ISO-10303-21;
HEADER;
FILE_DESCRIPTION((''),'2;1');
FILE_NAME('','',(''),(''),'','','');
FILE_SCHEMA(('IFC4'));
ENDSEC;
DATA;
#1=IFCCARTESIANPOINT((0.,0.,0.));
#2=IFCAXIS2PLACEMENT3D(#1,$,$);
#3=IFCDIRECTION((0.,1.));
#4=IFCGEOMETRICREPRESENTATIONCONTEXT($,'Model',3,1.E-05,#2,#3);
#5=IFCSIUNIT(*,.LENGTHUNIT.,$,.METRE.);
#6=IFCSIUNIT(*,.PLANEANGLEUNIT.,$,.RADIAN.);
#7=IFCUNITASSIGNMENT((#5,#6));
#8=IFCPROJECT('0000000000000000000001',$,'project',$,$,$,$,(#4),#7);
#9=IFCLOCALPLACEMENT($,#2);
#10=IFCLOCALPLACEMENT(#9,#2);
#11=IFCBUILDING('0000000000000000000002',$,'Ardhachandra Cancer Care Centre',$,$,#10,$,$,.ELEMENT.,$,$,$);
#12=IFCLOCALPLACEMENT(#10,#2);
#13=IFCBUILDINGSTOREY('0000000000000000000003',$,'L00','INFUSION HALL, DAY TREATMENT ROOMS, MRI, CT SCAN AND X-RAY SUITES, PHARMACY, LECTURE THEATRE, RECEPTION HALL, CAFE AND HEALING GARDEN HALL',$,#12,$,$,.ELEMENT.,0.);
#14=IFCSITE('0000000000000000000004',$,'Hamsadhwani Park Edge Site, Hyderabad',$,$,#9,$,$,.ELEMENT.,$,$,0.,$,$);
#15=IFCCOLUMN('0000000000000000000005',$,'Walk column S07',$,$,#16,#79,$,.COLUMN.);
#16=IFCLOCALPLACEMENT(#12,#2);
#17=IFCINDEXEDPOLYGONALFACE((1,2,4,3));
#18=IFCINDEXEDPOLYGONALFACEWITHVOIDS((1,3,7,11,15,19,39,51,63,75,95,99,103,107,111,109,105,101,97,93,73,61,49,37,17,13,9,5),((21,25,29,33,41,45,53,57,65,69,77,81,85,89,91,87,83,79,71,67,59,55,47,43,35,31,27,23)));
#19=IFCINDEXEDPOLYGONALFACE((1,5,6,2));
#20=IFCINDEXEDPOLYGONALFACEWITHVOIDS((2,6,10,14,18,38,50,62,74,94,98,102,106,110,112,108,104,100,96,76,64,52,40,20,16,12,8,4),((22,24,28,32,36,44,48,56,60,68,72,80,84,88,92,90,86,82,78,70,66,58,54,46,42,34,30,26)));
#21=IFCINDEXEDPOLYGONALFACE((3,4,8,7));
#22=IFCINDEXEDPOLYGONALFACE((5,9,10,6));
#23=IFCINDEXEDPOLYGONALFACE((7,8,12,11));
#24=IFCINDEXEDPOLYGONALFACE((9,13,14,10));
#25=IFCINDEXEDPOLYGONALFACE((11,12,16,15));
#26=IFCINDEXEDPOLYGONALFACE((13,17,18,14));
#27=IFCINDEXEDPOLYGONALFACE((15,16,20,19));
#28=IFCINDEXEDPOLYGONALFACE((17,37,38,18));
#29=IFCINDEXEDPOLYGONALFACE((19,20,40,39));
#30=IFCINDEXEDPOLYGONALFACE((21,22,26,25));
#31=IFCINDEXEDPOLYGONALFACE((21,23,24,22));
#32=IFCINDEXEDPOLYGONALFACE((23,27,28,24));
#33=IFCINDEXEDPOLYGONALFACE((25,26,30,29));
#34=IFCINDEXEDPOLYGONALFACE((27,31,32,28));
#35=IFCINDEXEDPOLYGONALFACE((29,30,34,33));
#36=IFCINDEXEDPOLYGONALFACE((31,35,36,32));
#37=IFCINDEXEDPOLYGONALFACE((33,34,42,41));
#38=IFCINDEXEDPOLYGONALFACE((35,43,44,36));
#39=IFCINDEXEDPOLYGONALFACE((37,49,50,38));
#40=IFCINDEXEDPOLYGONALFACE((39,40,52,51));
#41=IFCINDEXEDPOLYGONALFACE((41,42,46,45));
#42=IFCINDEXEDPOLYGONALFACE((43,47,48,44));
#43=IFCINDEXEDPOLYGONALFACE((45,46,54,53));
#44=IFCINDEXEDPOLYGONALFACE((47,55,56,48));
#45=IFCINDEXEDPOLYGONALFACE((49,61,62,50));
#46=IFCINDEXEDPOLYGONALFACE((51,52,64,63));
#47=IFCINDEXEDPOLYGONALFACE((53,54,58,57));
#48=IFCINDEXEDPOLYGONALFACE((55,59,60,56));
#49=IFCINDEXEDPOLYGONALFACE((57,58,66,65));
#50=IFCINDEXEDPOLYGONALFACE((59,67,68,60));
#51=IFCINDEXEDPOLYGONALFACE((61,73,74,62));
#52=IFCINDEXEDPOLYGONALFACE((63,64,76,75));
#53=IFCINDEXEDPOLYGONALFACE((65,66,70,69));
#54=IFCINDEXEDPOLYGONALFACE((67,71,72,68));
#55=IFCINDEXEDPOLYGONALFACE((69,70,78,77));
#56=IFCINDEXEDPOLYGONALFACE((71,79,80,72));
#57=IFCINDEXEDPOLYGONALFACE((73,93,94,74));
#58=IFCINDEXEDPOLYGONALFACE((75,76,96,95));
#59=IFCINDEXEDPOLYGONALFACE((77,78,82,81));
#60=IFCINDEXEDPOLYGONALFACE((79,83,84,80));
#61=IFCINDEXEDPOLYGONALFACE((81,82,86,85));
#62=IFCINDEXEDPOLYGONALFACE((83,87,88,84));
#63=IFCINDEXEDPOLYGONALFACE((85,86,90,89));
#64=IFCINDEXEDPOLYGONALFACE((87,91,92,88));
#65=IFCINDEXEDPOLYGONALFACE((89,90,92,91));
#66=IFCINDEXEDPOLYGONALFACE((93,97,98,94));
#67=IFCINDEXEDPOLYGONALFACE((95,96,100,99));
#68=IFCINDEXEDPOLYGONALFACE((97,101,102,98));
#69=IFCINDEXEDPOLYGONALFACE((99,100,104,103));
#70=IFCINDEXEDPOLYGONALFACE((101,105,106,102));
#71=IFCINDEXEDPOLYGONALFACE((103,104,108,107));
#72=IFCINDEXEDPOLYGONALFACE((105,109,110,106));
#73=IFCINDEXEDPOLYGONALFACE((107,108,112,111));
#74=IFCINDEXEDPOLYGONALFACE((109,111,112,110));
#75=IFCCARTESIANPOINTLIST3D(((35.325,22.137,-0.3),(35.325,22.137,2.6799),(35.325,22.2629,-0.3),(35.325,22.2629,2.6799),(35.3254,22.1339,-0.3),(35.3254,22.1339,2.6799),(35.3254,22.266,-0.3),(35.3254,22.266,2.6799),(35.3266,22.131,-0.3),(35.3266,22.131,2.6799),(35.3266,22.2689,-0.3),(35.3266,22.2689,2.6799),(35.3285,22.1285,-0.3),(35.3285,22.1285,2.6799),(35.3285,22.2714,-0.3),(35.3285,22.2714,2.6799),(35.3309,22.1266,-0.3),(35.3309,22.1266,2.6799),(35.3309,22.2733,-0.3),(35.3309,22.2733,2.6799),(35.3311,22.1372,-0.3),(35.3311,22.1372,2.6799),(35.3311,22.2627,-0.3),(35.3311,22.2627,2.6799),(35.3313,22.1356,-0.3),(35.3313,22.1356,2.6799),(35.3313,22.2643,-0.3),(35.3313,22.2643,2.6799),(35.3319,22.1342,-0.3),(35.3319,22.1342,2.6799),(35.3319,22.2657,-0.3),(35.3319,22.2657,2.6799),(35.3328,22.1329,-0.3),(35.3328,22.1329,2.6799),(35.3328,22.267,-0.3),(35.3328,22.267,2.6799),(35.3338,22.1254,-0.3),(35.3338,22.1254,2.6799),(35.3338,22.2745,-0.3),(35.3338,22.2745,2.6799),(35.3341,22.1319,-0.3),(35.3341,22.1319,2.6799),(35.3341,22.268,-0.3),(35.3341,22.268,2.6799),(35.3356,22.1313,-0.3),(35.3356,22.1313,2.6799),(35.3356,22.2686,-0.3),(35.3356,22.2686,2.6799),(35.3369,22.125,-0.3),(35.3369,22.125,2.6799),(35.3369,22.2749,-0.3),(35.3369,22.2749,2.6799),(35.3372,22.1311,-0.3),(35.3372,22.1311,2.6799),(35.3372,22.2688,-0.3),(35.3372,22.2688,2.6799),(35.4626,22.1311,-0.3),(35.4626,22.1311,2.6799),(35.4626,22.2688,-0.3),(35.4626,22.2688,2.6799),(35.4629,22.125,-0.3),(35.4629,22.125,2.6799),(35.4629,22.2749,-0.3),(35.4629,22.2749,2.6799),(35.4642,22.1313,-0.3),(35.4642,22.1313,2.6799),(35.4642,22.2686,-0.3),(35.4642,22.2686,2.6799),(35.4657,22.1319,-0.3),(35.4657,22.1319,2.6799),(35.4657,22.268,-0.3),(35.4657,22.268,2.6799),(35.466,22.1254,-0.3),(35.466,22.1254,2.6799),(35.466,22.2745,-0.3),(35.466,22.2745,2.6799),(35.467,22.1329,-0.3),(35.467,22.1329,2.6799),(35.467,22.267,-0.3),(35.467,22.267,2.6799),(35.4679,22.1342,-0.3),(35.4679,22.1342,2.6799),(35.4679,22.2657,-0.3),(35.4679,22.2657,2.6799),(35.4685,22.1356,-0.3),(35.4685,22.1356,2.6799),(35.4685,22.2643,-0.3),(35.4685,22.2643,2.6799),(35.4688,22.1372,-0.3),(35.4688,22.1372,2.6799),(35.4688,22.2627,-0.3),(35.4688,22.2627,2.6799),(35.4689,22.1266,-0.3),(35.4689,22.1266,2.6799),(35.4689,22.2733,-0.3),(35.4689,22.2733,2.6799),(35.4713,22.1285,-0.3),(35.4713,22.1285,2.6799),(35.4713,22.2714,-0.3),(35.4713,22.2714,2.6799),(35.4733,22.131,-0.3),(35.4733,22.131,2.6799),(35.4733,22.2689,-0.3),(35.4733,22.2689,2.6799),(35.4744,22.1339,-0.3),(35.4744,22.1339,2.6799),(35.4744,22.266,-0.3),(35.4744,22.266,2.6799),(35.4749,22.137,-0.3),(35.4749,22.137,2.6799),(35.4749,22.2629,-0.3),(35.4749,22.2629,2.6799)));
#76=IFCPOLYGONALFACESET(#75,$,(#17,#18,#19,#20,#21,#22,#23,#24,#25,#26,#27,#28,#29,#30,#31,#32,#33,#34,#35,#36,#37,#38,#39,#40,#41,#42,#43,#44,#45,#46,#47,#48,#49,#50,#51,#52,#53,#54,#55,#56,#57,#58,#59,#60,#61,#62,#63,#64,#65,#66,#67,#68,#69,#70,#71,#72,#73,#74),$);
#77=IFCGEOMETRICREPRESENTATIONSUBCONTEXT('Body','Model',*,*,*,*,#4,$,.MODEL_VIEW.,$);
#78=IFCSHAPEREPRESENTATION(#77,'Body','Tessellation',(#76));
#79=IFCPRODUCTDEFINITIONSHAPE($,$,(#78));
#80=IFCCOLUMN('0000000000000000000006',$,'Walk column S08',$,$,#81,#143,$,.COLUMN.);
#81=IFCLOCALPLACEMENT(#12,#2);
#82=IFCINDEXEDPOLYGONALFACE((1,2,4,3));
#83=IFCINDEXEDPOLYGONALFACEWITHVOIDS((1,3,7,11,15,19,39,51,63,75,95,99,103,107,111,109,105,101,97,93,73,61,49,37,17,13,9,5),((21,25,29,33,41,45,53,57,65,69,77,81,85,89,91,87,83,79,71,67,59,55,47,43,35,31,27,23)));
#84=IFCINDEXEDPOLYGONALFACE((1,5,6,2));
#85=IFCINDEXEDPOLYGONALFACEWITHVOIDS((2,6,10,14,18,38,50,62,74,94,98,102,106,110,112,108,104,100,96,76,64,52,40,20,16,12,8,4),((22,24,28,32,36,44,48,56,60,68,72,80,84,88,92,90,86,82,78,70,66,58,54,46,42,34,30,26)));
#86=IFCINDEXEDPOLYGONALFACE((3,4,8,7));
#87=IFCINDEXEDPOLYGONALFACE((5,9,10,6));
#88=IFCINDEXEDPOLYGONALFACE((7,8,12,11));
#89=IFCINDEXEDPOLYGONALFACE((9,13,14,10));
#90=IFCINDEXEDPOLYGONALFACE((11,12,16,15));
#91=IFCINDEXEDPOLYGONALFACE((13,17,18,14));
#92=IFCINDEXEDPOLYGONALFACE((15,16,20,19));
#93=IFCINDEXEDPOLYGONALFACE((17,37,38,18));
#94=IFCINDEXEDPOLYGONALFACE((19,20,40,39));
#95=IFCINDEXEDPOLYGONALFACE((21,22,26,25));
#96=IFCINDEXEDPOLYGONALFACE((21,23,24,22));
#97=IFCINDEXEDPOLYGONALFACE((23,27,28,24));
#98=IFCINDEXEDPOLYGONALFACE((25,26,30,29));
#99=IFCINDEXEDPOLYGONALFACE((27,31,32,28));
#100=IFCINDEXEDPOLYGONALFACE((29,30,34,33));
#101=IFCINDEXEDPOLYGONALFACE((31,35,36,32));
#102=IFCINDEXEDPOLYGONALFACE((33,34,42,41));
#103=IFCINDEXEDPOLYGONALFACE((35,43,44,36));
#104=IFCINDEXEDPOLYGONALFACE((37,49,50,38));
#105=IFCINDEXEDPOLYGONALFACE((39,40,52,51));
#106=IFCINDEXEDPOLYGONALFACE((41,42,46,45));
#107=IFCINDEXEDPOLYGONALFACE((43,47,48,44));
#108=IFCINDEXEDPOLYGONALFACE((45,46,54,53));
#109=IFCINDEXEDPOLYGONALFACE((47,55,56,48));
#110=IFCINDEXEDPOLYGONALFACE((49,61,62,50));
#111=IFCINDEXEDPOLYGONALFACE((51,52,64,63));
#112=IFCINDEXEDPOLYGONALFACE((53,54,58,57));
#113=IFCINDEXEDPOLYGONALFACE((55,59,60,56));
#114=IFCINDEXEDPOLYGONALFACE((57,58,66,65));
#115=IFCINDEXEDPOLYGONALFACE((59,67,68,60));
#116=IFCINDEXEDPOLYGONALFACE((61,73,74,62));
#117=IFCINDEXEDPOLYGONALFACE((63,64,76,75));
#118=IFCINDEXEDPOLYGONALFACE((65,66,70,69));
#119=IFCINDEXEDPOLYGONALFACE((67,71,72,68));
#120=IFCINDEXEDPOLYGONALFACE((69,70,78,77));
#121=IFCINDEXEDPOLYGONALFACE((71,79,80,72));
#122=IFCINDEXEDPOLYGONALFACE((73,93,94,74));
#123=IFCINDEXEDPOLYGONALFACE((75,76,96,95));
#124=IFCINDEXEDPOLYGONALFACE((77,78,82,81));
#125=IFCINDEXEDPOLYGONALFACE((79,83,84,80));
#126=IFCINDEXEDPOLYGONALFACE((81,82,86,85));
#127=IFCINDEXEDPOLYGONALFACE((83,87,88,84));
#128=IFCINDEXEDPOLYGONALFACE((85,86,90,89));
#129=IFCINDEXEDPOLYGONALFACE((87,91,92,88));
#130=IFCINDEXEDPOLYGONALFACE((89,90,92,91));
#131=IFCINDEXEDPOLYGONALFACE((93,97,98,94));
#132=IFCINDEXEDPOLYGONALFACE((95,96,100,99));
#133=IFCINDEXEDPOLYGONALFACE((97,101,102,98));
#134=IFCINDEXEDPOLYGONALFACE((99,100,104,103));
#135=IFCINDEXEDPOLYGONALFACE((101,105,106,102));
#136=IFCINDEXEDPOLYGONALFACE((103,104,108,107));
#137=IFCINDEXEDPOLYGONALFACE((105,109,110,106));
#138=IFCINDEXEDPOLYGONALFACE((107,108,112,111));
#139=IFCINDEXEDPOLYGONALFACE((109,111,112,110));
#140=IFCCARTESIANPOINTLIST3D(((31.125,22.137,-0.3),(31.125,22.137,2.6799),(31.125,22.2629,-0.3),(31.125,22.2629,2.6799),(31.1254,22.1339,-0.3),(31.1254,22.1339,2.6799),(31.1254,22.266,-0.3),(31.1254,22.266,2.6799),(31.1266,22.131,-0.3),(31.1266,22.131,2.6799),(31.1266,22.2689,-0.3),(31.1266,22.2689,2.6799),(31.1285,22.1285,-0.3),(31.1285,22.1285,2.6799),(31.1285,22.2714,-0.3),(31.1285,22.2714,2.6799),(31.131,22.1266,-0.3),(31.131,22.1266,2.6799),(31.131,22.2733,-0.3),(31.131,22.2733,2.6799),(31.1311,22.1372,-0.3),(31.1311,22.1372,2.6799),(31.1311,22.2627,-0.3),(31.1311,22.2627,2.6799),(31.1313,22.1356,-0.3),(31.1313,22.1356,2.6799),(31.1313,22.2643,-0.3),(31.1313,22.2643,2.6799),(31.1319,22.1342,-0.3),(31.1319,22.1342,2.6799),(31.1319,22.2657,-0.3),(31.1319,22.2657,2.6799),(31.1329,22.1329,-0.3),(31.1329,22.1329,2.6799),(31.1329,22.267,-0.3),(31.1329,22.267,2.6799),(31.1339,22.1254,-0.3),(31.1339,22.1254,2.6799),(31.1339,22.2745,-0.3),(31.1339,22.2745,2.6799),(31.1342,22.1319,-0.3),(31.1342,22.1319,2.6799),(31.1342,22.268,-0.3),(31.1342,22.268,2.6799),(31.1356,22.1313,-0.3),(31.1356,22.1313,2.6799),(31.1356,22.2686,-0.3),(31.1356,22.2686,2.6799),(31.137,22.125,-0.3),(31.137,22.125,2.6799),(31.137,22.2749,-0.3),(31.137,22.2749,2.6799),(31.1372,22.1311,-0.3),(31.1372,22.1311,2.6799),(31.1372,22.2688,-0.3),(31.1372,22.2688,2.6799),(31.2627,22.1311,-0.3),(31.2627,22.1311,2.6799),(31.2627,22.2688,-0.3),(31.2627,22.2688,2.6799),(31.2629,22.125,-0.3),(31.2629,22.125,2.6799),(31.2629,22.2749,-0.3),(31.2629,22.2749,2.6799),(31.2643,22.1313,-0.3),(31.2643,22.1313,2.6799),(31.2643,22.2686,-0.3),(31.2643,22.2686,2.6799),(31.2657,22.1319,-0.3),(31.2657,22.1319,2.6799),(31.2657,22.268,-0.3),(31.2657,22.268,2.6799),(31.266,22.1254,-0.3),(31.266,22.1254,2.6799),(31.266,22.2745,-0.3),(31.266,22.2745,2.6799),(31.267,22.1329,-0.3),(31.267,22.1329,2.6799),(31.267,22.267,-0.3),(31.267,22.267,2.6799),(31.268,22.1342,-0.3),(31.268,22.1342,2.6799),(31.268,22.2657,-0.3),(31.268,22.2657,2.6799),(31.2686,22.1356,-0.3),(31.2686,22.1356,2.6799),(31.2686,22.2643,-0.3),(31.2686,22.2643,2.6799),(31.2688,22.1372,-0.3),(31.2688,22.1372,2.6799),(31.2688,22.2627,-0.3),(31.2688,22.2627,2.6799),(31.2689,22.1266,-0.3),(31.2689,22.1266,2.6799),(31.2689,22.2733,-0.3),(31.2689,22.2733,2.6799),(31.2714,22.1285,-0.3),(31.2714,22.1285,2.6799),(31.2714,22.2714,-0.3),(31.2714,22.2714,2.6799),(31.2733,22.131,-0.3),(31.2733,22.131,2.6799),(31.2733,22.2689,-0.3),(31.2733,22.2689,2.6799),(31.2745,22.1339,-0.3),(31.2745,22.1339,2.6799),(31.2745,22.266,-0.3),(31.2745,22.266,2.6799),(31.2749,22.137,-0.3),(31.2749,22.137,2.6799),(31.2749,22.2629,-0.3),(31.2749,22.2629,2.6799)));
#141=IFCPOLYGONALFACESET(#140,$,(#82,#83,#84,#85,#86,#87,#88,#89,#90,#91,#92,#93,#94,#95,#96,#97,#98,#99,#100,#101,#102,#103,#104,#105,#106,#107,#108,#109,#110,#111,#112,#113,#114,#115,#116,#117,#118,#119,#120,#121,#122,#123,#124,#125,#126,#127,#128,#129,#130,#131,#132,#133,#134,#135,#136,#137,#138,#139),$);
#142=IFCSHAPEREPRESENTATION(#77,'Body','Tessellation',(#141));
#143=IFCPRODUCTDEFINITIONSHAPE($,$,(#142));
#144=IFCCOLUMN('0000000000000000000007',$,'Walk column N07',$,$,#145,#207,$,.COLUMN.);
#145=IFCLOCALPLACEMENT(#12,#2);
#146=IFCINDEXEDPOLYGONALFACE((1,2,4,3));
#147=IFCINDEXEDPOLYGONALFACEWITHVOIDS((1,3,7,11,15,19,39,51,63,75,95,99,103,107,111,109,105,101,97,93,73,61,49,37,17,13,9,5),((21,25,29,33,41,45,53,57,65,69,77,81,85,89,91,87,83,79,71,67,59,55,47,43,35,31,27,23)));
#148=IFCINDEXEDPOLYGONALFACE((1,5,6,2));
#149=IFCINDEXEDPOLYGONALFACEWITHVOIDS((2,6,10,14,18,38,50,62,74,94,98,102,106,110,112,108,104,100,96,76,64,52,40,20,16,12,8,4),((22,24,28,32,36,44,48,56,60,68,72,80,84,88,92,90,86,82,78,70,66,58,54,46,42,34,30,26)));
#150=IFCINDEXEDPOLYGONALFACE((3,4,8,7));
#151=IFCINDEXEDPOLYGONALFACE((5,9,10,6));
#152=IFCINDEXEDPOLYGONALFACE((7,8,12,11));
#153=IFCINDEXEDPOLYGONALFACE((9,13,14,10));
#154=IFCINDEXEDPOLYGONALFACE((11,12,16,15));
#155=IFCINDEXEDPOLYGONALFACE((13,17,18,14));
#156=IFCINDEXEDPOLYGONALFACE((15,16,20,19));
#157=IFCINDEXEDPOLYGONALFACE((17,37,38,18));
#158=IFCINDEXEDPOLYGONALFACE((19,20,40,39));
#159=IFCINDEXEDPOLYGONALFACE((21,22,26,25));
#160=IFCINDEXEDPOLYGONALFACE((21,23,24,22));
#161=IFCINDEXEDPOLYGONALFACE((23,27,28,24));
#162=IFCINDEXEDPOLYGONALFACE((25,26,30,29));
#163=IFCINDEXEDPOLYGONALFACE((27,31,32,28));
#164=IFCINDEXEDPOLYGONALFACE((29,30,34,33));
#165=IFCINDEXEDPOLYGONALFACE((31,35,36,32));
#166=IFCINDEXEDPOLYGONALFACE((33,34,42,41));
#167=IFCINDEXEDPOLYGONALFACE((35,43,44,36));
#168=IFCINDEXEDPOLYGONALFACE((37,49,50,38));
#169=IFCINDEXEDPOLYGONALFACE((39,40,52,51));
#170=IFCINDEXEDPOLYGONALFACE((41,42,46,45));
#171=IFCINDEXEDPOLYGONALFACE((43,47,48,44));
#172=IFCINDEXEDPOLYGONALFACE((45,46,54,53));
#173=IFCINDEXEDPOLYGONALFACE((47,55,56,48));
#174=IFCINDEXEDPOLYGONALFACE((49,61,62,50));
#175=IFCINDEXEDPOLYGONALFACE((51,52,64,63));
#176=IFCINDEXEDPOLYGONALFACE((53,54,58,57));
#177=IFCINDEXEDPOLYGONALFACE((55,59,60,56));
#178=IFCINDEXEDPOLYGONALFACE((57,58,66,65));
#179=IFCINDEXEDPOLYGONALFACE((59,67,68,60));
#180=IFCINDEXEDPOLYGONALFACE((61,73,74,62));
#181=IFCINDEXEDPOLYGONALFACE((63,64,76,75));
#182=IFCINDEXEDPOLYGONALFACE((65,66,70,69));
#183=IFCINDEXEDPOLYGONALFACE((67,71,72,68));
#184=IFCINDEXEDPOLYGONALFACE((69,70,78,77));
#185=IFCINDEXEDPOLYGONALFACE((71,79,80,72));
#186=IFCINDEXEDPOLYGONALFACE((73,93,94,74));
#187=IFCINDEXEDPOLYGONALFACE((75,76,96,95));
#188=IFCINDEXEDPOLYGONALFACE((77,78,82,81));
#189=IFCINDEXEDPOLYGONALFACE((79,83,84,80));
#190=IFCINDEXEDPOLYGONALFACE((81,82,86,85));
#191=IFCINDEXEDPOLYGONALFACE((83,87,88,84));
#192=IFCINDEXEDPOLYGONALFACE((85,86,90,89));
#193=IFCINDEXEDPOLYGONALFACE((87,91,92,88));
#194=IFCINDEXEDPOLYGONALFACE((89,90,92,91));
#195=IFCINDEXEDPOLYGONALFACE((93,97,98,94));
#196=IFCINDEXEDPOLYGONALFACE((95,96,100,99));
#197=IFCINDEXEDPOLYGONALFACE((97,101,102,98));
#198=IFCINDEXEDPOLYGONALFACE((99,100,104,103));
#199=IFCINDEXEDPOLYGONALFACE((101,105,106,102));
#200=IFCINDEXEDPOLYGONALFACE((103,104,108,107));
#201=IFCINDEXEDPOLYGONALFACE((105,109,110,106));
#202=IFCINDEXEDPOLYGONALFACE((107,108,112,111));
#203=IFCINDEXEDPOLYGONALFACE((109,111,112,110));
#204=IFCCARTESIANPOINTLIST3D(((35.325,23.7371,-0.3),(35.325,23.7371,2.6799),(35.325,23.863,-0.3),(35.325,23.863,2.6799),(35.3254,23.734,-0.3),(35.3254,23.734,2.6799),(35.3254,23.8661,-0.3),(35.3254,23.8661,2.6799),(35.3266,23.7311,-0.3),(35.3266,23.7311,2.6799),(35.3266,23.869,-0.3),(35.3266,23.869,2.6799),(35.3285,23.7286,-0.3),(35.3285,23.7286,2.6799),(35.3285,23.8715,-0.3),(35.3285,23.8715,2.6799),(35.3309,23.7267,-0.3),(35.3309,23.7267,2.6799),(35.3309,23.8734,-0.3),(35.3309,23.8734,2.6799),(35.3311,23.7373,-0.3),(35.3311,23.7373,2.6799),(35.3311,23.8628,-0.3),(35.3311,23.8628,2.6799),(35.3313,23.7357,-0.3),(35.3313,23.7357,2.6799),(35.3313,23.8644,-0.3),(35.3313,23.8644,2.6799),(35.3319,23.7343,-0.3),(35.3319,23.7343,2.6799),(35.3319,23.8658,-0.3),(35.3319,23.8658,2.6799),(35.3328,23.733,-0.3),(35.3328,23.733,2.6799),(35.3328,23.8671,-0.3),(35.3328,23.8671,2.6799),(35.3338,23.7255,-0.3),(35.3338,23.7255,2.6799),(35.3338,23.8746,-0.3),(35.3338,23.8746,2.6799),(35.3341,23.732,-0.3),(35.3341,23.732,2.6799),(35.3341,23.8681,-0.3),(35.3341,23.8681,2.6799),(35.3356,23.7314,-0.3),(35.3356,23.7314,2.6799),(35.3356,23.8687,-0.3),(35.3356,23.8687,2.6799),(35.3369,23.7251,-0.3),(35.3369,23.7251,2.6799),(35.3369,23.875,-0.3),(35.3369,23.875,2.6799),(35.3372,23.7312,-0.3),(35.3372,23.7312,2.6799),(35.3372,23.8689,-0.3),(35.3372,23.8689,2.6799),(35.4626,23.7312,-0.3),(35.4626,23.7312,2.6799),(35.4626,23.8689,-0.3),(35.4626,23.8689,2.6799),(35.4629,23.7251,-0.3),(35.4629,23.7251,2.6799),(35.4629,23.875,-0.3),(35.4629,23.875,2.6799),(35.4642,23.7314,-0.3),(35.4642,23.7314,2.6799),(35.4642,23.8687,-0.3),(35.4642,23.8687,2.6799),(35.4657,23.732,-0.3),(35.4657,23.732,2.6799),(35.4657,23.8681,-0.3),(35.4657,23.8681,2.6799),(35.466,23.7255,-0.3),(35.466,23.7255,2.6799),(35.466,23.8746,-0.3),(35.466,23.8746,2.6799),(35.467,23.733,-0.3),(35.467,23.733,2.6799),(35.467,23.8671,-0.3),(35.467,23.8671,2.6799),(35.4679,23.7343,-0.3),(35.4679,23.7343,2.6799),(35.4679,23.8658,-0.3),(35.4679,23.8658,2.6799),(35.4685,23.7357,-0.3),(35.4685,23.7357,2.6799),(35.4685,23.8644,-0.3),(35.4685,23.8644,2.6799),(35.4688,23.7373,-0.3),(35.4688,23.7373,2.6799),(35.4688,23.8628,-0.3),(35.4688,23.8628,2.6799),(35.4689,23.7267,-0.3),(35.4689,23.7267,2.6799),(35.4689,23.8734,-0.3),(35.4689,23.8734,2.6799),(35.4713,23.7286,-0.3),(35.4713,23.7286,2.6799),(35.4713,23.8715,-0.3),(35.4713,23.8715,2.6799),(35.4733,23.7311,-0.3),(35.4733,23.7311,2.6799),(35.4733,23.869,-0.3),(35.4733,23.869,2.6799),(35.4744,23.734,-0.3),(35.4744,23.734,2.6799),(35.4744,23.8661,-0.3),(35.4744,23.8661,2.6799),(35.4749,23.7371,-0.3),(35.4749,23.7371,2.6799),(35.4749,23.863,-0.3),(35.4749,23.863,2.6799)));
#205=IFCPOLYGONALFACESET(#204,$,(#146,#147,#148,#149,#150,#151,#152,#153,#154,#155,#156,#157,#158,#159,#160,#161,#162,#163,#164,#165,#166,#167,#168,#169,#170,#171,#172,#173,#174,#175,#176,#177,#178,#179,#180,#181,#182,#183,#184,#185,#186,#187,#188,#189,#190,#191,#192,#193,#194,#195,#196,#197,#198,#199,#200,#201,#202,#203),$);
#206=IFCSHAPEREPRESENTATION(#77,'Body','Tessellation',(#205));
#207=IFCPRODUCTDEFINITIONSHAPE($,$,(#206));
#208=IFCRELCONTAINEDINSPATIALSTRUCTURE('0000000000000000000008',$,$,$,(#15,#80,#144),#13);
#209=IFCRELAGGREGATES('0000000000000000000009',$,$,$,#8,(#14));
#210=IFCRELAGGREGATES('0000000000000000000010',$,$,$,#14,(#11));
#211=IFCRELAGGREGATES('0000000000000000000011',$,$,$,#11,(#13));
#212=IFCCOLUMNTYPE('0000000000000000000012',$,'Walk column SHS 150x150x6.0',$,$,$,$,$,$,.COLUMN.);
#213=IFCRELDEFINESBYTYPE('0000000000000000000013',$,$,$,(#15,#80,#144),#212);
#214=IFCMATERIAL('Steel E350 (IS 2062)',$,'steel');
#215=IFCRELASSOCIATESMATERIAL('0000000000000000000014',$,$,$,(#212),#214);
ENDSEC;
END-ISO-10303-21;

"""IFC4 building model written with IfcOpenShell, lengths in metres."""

from ifc_helpers import new_model, si_unit, direction, frame, origin, origin_2d, place, context, subcontext, project, spatial, hollow_rectangle, extrude, material, material_profile, profile_set, type_object, element, save


model = new_model("IFC4")

# Units and contexts
model_context = context("Model", 3, precision=1e-05, world=origin(), true_north=direction((0.0, 1.0)))
body_context = subcontext(model_context, "Body", "Model", "MODEL_VIEW")
ifc_project = project(units=[si_unit("LENGTHUNIT", "METRE"), si_unit("PLANEANGLEUNIT", "RADIAN")], contexts=[model_context])

# Site, building, storey
site_placement = place(None, origin())
site = spatial("IfcSite", under=ifc_project, at=site_placement, Name="Hamsadhwani Park Edge Site, Hyderabad", CompositionType="ELEMENT", RefElevation=0.0)
building_placement = place(site_placement, origin())
building = spatial("IfcBuilding", under=site, at=building_placement, Name="Ardhachandra Cancer Care Centre", CompositionType="ELEMENT")
storey_placement = place(building_placement, origin())
storey = spatial("IfcBuildingStorey", under=building, at=storey_placement, Name="L00", Description="INFUSION HALL, DAY TREATMENT ROOMS, MRI, CT SCAN AND X-RAY SUITES, PHARMACY, LECTURE THEATRE, RECEPTION HALL, CAFE AND HEALING GARDEN HALL", CompositionType="ELEMENT", Elevation=0.0)

# Columns
ifc_material_1 = material(Name="Steel E350 (IS 2062)", Category="steel")
ifc_material_profile_1 = material_profile(ifc_material_1, hollow_rectangle(XDim=0.1499, YDim=0.1499, WallThickness=0.0061, InnerFilletRadius=0.0061, OuterFilletRadius=0.012, at=origin_2d()), Name="SHS 150x150x6.0")
ifc_profile_set_1 = profile_set([ifc_material_profile_1], Name="Steel E350 (IS 2062)")
column_type = type_object("IfcColumnType", Name="Walk column SHS 150x150x6.0", PredefinedType="COLUMN", material=ifc_profile_set_1)
for number, where, z_axis, x_axis, name in (
    (1, (35.3999, 22.2, -0.3), (0.0, 0.0, 1.0), (1.0, 0.0, 0.0), "Walk column S07"),
    (2, (31.2, 22.2, -0.3), (0.0, 0.0, 1.0), (1.0, 0.0, 0.0), "Walk column S08"),
    (3, (35.3999, 23.8, -0.3), (0.0, 0.0, 1.0), (1.0, 0.0, 0.0), "Walk column N07"),
):
    element("IfcColumn", number, at=place(storey_placement, frame(where, z_axis=z_axis, x_axis=x_axis)), inside=storey, type_object=column_type, Name=name, PredefinedType="COLUMN", context=body_context, shape_type="SweptSolid", body=[
        extrude(hollow_rectangle(XDim=0.1499, YDim=0.1499, WallThickness=0.0061, InnerFilletRadius=0.0061, OuterFilletRadius=0.012, at=origin_2d()), origin(), (0.0, 0.0, 1.0), 2.98),
    ])

save(model, "model.ifc")
